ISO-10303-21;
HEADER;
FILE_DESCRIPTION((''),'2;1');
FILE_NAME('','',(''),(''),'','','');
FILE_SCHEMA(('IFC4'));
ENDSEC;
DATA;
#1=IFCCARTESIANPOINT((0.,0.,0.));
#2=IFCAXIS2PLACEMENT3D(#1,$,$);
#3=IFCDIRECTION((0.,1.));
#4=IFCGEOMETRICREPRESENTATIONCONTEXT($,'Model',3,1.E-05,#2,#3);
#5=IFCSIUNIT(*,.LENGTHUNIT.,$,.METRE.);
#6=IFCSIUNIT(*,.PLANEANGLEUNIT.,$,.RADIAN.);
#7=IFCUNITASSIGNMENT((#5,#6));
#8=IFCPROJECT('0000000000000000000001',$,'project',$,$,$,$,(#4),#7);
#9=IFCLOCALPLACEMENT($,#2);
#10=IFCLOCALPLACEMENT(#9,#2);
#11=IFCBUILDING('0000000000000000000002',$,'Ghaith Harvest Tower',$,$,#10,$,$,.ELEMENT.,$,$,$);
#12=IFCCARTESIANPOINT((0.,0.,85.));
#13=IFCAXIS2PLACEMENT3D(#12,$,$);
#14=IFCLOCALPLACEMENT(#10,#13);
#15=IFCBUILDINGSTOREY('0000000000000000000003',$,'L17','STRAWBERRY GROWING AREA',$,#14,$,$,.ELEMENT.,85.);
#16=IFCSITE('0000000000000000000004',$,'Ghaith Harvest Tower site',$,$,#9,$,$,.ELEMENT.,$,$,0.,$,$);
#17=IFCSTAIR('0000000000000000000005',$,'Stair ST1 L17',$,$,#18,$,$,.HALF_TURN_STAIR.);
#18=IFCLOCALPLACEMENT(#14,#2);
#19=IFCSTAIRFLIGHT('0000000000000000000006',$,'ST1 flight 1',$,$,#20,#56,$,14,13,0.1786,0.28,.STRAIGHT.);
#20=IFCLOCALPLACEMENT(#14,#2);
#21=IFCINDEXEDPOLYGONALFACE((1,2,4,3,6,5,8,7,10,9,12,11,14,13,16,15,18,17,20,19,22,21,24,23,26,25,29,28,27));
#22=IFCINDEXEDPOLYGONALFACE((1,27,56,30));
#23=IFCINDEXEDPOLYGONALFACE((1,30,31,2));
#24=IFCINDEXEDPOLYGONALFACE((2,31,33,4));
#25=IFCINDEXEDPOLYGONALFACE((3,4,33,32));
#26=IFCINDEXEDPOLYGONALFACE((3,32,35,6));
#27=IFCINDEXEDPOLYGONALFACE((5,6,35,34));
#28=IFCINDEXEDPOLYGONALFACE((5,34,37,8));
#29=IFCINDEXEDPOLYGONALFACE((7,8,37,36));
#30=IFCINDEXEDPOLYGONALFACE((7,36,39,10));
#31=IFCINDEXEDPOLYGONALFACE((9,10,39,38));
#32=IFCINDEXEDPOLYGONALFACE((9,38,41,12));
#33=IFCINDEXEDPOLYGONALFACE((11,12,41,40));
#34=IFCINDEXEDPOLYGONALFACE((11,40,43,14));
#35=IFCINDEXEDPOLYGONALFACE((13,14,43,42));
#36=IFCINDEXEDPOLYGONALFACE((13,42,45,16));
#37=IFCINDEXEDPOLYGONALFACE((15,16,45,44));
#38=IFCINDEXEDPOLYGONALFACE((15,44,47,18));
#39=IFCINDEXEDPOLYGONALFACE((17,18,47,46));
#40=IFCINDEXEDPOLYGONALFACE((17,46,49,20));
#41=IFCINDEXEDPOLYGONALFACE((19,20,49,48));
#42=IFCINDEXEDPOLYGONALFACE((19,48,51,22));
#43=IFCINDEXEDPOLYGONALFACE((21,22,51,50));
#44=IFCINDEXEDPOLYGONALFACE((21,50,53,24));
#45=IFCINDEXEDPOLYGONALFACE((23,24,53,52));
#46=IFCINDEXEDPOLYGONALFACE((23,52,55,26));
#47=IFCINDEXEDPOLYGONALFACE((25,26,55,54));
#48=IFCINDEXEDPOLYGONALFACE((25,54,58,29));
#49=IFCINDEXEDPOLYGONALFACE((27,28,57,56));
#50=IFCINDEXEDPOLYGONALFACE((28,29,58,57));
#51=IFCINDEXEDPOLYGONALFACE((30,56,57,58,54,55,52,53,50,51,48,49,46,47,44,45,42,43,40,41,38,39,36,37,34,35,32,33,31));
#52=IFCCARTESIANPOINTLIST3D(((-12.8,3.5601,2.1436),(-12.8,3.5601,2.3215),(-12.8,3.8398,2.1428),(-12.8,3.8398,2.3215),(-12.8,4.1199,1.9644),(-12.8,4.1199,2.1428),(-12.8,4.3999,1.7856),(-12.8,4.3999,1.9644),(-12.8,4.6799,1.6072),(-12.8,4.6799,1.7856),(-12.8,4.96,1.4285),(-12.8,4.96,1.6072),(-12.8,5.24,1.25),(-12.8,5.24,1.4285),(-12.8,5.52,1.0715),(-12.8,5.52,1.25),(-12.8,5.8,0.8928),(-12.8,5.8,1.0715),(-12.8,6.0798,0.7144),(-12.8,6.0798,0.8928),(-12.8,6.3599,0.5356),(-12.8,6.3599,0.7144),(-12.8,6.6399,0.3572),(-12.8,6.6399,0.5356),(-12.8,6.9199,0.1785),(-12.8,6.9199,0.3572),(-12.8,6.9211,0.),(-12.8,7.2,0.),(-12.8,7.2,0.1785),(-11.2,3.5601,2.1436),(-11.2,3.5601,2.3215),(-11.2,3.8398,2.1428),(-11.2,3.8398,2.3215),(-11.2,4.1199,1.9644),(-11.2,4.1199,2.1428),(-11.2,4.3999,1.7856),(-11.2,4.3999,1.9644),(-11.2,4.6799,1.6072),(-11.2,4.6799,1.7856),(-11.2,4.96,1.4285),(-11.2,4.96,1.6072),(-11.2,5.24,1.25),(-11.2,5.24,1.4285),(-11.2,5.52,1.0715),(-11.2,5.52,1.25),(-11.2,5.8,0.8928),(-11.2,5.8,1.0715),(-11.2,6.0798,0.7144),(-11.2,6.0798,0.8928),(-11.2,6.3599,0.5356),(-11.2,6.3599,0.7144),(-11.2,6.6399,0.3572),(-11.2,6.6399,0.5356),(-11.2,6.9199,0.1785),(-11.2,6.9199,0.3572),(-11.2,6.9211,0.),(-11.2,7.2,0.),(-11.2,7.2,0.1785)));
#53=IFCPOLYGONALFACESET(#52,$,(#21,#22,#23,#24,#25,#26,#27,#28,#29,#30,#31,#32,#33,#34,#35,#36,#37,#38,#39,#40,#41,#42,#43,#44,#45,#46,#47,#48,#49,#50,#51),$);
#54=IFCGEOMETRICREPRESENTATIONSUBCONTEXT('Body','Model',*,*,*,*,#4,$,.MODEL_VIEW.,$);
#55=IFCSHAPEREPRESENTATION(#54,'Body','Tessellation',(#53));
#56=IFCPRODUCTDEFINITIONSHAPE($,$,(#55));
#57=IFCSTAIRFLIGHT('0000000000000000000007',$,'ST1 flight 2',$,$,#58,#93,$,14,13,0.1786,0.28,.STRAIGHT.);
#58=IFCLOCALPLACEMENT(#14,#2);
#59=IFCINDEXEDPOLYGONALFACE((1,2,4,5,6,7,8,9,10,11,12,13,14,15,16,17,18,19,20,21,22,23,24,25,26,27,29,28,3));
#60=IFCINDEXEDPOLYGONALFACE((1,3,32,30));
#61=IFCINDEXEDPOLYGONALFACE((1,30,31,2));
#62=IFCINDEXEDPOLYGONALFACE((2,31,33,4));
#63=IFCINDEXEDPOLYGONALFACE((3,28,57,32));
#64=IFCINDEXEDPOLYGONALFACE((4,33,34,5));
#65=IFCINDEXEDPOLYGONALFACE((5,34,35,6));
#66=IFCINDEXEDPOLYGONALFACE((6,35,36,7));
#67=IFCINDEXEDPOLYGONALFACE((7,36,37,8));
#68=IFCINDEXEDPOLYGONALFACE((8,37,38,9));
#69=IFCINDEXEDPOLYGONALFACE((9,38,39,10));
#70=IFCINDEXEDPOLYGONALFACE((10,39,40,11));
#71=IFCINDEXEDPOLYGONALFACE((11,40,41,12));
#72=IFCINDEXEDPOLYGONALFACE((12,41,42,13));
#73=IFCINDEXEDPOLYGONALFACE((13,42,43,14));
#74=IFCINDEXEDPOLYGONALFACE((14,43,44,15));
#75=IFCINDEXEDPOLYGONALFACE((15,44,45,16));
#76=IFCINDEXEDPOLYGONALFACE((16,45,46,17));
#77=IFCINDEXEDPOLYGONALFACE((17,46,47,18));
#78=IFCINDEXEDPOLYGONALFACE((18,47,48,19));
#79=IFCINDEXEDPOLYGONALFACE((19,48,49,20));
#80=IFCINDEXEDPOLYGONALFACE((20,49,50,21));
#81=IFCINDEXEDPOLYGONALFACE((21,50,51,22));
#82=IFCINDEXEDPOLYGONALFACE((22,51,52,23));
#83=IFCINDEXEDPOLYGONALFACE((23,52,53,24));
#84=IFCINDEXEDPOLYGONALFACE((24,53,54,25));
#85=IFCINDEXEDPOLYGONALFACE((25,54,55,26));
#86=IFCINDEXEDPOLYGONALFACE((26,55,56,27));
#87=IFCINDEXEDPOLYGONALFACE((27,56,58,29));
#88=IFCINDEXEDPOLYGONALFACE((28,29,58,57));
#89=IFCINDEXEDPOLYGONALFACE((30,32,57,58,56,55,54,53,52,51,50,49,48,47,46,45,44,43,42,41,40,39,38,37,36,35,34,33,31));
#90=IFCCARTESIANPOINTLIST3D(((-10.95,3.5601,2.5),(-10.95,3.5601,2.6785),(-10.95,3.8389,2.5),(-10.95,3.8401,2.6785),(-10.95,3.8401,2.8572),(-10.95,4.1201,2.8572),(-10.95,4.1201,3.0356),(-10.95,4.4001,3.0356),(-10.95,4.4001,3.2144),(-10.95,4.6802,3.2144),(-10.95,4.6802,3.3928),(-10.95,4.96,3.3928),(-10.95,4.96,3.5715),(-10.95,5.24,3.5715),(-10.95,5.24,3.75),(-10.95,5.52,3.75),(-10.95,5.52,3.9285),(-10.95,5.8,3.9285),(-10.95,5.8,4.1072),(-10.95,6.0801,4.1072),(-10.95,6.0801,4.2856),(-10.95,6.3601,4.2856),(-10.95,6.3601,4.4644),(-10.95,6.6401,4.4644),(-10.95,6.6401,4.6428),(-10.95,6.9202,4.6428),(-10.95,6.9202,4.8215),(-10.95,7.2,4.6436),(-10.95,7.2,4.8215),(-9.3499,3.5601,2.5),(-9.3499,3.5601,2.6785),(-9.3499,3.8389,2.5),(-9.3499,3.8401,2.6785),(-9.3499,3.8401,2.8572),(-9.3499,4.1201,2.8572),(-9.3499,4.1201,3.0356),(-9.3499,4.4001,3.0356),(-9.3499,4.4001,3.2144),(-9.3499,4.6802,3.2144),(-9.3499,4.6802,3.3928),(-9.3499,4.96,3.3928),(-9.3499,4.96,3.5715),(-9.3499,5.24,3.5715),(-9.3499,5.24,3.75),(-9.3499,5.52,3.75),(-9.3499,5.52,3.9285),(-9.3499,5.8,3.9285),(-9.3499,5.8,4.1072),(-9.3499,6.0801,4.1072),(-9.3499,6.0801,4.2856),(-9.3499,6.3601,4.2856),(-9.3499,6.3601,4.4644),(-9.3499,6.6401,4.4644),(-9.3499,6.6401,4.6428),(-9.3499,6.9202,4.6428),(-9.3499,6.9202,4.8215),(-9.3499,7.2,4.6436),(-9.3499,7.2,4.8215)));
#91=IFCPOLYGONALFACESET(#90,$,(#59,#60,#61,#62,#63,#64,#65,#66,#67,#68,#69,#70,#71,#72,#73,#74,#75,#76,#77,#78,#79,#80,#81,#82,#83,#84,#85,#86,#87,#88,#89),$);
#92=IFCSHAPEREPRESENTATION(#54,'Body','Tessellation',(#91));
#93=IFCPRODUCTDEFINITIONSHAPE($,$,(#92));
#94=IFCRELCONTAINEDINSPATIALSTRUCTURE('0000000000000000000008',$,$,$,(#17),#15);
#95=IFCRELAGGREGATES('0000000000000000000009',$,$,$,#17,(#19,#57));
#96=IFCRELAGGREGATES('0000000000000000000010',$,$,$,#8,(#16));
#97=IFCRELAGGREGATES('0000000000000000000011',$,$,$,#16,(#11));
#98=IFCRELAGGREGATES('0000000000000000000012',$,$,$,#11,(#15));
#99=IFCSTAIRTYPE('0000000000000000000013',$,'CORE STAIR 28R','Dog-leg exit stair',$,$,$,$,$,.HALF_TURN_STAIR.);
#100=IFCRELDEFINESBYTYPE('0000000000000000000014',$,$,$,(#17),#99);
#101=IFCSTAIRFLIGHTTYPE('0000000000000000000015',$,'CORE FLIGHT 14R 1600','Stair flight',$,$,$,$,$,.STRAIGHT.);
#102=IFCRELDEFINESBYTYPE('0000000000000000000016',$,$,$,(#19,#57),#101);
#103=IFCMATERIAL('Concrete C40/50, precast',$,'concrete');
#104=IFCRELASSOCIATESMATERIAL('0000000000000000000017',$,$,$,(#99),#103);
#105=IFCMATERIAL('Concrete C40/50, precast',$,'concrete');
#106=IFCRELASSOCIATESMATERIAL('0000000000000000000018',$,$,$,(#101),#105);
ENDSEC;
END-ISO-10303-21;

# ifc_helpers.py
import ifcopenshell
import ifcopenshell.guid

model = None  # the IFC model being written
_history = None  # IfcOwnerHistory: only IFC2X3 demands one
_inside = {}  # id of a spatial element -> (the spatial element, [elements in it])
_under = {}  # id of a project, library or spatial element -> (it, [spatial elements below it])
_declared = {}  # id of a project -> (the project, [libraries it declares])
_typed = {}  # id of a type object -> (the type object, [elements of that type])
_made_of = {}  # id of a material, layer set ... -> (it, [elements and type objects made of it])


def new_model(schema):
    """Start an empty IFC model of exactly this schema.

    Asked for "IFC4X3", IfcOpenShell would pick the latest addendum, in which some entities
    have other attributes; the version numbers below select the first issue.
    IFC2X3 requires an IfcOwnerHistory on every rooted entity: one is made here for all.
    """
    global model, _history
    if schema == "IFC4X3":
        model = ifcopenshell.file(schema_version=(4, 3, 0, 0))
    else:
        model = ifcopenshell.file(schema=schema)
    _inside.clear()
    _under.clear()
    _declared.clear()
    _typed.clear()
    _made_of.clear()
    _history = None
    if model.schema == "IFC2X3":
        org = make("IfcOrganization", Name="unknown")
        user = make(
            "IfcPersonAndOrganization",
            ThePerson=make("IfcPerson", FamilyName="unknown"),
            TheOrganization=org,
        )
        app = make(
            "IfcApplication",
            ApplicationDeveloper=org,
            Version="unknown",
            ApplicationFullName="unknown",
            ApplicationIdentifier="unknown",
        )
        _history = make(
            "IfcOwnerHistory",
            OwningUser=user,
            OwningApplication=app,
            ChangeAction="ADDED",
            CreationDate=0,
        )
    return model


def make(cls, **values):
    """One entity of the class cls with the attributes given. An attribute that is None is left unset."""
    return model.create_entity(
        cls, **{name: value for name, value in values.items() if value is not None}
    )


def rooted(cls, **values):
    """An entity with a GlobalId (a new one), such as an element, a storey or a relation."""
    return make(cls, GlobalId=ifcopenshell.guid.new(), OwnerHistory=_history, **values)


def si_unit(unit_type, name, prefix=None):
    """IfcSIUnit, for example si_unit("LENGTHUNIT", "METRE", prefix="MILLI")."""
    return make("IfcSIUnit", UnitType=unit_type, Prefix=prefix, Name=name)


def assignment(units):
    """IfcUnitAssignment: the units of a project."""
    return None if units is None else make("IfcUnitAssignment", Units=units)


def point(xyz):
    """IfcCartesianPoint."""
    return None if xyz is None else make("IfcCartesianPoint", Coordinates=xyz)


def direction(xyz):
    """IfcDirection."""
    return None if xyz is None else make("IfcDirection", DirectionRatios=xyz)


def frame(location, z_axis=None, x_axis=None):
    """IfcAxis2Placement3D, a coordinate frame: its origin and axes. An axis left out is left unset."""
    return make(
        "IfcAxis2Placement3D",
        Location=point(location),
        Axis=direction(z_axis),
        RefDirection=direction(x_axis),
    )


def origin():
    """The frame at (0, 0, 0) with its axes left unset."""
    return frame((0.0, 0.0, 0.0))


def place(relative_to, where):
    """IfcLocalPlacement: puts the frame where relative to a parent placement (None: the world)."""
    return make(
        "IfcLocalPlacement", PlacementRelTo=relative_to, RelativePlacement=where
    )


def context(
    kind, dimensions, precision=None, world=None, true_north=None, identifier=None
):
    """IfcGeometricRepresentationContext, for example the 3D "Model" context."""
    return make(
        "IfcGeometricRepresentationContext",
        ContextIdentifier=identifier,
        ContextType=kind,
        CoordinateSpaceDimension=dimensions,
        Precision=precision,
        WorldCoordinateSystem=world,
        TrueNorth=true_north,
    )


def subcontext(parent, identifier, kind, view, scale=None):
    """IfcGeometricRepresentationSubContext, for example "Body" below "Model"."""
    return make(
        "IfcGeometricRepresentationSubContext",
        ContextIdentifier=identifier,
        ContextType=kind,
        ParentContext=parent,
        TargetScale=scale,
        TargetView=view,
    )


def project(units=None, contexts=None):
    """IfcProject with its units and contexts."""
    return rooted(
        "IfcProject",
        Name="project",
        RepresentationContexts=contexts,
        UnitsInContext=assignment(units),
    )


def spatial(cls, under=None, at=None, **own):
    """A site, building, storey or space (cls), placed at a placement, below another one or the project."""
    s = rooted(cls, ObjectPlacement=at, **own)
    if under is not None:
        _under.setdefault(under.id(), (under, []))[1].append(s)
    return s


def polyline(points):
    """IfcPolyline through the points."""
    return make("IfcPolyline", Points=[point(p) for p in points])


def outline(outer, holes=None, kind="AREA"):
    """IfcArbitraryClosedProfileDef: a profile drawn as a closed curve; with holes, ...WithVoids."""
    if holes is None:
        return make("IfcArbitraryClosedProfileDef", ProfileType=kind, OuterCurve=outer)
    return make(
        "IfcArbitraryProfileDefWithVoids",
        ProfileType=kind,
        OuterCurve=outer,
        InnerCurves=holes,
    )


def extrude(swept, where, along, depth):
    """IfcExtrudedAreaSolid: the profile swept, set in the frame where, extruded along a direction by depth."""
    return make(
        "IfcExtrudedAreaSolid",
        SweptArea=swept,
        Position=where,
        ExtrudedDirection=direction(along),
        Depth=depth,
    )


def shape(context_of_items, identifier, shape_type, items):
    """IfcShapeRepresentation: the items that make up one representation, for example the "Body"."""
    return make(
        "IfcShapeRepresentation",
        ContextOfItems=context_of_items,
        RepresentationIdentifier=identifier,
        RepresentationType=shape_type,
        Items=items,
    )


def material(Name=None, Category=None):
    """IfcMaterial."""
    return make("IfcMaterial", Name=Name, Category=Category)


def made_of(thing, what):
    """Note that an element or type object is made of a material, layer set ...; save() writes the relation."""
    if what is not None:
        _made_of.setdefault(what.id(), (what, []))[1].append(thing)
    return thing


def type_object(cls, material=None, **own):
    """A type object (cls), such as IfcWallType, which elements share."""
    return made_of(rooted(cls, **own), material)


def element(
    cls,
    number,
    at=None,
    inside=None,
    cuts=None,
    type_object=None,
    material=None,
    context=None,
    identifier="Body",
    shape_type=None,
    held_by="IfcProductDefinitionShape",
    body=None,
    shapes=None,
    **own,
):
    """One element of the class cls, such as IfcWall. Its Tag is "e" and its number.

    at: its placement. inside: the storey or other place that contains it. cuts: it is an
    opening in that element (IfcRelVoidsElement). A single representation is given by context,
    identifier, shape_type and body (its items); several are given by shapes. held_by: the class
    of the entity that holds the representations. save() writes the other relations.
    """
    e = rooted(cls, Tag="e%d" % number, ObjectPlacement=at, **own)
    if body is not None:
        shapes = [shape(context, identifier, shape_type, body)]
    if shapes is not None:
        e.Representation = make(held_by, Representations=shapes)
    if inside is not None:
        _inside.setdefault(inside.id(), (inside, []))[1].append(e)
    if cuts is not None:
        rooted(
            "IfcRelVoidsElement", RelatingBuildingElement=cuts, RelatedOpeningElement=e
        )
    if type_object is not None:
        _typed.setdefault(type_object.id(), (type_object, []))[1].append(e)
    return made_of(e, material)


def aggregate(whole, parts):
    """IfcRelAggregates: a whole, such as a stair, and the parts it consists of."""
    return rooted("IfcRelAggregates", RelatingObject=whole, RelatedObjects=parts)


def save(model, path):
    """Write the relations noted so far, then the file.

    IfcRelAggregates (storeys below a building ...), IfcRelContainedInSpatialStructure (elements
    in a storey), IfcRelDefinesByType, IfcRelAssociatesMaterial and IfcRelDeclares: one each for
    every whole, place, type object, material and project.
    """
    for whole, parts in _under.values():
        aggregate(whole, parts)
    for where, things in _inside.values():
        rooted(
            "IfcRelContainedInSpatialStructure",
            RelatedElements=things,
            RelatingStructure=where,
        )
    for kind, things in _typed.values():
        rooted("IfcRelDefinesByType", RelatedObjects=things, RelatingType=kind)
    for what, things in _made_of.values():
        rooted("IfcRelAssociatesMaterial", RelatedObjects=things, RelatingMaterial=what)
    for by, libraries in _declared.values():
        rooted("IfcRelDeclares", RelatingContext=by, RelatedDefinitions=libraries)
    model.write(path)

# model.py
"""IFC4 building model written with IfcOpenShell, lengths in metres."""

from ifc_helpers import new_model, si_unit, direction, frame, origin, place, context, subcontext, project, spatial, polyline, outline, extrude, material, type_object, element, aggregate, save


model = new_model("IFC4")

# Units and contexts
model_context = context("Model", 3, precision=1e-05, world=origin(), true_north=direction((0.0, 1.0)))
body_context = subcontext(model_context, "Body", "Model", "MODEL_VIEW")
ifc_project = project(units=[si_unit("LENGTHUNIT", "METRE"), si_unit("PLANEANGLEUNIT", "RADIAN")], contexts=[model_context])

# Site, building, storey
site_placement = place(None, origin())
site = spatial("IfcSite", under=ifc_project, at=site_placement, Name="Ghaith Harvest Tower site", CompositionType="ELEMENT", RefElevation=0.0)
building_placement = place(site_placement, origin())
building = spatial("IfcBuilding", under=site, at=building_placement, Name="Ghaith Harvest Tower", CompositionType="ELEMENT")
storey_placement = place(building_placement, frame((0.0, 0.0, 85.0)))
storey = spatial("IfcBuildingStorey", under=building, at=storey_placement, Name="L17", Description="STRAWBERRY GROWING AREA", CompositionType="ELEMENT", Elevation=85.0)

# Stair, stair flights
ifc_material_1 = material(Name="Concrete C40/50, precast", Category="concrete")
stair_type = type_object("IfcStairType", Name="CORE STAIR 28R", Description="Dog-leg exit stair", PredefinedType="HALF_TURN_STAIR", material=ifc_material_1)
stair_placement = place(storey_placement, origin())
stair = element("IfcStair", 1, at=stair_placement, inside=storey, type_object=stair_type, Name="Stair ST1 L17", PredefinedType="HALF_TURN_STAIR")
ifc_material_2 = material(Name="Concrete C40/50, precast", Category="concrete")
stair_flight_type = type_object("IfcStairFlightType", Name="CORE FLIGHT 14R 1600", Description="Stair flight", PredefinedType="STRAIGHT", material=ifc_material_2)
stair_flight_1_placement = place(storey_placement, frame((-12.0, 7.2, 0.0), z_axis=(0.0, 0.0, 1.0), x_axis=(0.0, -1.0, 0.0)))
stair_flight_1 = element("IfcStairFlight", 2, at=stair_flight_1_placement, type_object=stair_flight_type, Name="ST1 flight 1", NumberOfRisers=14, NumberOfTreads=13, PredefinedType="STRAIGHT", RiserHeight=0.1786, TreadLength=0.28, context=body_context, shape_type="SweptSolid", body=[
    extrude(outline(polyline([(0.0, 0.0), (0.0, 0.1785), (0.28, 0.1785), (0.28, 0.3572), (0.5601, 0.3572), (0.5601, 0.5356), (0.8401, 0.5356), (0.8401, 0.7144), (1.1201, 0.7144), (1.1201, 0.8928), (1.3999, 0.8928), (1.3999, 1.0715), (1.6799, 1.0715), (1.6799, 1.25), (1.96, 1.25), (1.96, 1.4285), (2.24, 1.4285), (2.24, 1.6072), (2.52, 1.6072), (2.52, 1.7856), (2.8, 1.7856), (2.8, 1.9644), (3.0801, 1.9644), (3.0801, 2.1428), (3.3601, 2.1428), (3.3601, 2.3215), (3.6399, 2.3215), (3.6399, 2.5), (3.6399, 2.1436), (0.2788, 0.0), (0.0, 0.0)])), frame((0.0, 0.8, 0.0), z_axis=(0.0, -1.0, 0.0), x_axis=(1.0, 0.0, 0.0)), (0.0, 0.0, 1.0), 1.6001),
])
stair_flight_2_placement = place(storey_placement, frame((-10.1499, 3.5601, 2.5), z_axis=(0.0, 0.0, 1.0), x_axis=(0.0, 1.0, 0.0)))
stair_flight_2 = element("IfcStairFlight", 3, at=stair_flight_2_placement, type_object=stair_flight_type, Name="ST1 flight 2", NumberOfRisers=14, NumberOfTreads=13, PredefinedType="STRAIGHT", RiserHeight=0.1786, TreadLength=0.28, context=body_context, shape_type="SweptSolid", body=[
    extrude(outline(polyline([(0.0, 0.0), (0.0, 0.1785), (0.28, 0.1785), (0.28, 0.3572), (0.5601, 0.3572), (0.5601, 0.5356), (0.8401, 0.5356), (0.8401, 0.7144), (1.1201, 0.7144), (1.1201, 0.8928), (1.3999, 0.8928), (1.3999, 1.0715), (1.6799, 1.0715), (1.6799, 1.25), (1.96, 1.25), (1.96, 1.4285), (2.24, 1.4285), (2.24, 1.6072), (2.52, 1.6072), (2.52, 1.7856), (2.8, 1.7856), (2.8, 1.9644), (3.0801, 1.9644), (3.0801, 2.1428), (3.3601, 2.1428), (3.3601, 2.3215), (3.6399, 2.3215), (3.6399, 2.5), (3.6399, 2.1436), (0.2788, 0.0), (0.0, 0.0)])), frame((0.0, 0.8, 0.0), z_axis=(0.0, -1.0, 0.0), x_axis=(1.0, 0.0, 0.0)), (0.0, 0.0, 1.0), 1.6001),
])
aggregate(stair, [stair_flight_1, stair_flight_2])

save(model, "model.ifc")
